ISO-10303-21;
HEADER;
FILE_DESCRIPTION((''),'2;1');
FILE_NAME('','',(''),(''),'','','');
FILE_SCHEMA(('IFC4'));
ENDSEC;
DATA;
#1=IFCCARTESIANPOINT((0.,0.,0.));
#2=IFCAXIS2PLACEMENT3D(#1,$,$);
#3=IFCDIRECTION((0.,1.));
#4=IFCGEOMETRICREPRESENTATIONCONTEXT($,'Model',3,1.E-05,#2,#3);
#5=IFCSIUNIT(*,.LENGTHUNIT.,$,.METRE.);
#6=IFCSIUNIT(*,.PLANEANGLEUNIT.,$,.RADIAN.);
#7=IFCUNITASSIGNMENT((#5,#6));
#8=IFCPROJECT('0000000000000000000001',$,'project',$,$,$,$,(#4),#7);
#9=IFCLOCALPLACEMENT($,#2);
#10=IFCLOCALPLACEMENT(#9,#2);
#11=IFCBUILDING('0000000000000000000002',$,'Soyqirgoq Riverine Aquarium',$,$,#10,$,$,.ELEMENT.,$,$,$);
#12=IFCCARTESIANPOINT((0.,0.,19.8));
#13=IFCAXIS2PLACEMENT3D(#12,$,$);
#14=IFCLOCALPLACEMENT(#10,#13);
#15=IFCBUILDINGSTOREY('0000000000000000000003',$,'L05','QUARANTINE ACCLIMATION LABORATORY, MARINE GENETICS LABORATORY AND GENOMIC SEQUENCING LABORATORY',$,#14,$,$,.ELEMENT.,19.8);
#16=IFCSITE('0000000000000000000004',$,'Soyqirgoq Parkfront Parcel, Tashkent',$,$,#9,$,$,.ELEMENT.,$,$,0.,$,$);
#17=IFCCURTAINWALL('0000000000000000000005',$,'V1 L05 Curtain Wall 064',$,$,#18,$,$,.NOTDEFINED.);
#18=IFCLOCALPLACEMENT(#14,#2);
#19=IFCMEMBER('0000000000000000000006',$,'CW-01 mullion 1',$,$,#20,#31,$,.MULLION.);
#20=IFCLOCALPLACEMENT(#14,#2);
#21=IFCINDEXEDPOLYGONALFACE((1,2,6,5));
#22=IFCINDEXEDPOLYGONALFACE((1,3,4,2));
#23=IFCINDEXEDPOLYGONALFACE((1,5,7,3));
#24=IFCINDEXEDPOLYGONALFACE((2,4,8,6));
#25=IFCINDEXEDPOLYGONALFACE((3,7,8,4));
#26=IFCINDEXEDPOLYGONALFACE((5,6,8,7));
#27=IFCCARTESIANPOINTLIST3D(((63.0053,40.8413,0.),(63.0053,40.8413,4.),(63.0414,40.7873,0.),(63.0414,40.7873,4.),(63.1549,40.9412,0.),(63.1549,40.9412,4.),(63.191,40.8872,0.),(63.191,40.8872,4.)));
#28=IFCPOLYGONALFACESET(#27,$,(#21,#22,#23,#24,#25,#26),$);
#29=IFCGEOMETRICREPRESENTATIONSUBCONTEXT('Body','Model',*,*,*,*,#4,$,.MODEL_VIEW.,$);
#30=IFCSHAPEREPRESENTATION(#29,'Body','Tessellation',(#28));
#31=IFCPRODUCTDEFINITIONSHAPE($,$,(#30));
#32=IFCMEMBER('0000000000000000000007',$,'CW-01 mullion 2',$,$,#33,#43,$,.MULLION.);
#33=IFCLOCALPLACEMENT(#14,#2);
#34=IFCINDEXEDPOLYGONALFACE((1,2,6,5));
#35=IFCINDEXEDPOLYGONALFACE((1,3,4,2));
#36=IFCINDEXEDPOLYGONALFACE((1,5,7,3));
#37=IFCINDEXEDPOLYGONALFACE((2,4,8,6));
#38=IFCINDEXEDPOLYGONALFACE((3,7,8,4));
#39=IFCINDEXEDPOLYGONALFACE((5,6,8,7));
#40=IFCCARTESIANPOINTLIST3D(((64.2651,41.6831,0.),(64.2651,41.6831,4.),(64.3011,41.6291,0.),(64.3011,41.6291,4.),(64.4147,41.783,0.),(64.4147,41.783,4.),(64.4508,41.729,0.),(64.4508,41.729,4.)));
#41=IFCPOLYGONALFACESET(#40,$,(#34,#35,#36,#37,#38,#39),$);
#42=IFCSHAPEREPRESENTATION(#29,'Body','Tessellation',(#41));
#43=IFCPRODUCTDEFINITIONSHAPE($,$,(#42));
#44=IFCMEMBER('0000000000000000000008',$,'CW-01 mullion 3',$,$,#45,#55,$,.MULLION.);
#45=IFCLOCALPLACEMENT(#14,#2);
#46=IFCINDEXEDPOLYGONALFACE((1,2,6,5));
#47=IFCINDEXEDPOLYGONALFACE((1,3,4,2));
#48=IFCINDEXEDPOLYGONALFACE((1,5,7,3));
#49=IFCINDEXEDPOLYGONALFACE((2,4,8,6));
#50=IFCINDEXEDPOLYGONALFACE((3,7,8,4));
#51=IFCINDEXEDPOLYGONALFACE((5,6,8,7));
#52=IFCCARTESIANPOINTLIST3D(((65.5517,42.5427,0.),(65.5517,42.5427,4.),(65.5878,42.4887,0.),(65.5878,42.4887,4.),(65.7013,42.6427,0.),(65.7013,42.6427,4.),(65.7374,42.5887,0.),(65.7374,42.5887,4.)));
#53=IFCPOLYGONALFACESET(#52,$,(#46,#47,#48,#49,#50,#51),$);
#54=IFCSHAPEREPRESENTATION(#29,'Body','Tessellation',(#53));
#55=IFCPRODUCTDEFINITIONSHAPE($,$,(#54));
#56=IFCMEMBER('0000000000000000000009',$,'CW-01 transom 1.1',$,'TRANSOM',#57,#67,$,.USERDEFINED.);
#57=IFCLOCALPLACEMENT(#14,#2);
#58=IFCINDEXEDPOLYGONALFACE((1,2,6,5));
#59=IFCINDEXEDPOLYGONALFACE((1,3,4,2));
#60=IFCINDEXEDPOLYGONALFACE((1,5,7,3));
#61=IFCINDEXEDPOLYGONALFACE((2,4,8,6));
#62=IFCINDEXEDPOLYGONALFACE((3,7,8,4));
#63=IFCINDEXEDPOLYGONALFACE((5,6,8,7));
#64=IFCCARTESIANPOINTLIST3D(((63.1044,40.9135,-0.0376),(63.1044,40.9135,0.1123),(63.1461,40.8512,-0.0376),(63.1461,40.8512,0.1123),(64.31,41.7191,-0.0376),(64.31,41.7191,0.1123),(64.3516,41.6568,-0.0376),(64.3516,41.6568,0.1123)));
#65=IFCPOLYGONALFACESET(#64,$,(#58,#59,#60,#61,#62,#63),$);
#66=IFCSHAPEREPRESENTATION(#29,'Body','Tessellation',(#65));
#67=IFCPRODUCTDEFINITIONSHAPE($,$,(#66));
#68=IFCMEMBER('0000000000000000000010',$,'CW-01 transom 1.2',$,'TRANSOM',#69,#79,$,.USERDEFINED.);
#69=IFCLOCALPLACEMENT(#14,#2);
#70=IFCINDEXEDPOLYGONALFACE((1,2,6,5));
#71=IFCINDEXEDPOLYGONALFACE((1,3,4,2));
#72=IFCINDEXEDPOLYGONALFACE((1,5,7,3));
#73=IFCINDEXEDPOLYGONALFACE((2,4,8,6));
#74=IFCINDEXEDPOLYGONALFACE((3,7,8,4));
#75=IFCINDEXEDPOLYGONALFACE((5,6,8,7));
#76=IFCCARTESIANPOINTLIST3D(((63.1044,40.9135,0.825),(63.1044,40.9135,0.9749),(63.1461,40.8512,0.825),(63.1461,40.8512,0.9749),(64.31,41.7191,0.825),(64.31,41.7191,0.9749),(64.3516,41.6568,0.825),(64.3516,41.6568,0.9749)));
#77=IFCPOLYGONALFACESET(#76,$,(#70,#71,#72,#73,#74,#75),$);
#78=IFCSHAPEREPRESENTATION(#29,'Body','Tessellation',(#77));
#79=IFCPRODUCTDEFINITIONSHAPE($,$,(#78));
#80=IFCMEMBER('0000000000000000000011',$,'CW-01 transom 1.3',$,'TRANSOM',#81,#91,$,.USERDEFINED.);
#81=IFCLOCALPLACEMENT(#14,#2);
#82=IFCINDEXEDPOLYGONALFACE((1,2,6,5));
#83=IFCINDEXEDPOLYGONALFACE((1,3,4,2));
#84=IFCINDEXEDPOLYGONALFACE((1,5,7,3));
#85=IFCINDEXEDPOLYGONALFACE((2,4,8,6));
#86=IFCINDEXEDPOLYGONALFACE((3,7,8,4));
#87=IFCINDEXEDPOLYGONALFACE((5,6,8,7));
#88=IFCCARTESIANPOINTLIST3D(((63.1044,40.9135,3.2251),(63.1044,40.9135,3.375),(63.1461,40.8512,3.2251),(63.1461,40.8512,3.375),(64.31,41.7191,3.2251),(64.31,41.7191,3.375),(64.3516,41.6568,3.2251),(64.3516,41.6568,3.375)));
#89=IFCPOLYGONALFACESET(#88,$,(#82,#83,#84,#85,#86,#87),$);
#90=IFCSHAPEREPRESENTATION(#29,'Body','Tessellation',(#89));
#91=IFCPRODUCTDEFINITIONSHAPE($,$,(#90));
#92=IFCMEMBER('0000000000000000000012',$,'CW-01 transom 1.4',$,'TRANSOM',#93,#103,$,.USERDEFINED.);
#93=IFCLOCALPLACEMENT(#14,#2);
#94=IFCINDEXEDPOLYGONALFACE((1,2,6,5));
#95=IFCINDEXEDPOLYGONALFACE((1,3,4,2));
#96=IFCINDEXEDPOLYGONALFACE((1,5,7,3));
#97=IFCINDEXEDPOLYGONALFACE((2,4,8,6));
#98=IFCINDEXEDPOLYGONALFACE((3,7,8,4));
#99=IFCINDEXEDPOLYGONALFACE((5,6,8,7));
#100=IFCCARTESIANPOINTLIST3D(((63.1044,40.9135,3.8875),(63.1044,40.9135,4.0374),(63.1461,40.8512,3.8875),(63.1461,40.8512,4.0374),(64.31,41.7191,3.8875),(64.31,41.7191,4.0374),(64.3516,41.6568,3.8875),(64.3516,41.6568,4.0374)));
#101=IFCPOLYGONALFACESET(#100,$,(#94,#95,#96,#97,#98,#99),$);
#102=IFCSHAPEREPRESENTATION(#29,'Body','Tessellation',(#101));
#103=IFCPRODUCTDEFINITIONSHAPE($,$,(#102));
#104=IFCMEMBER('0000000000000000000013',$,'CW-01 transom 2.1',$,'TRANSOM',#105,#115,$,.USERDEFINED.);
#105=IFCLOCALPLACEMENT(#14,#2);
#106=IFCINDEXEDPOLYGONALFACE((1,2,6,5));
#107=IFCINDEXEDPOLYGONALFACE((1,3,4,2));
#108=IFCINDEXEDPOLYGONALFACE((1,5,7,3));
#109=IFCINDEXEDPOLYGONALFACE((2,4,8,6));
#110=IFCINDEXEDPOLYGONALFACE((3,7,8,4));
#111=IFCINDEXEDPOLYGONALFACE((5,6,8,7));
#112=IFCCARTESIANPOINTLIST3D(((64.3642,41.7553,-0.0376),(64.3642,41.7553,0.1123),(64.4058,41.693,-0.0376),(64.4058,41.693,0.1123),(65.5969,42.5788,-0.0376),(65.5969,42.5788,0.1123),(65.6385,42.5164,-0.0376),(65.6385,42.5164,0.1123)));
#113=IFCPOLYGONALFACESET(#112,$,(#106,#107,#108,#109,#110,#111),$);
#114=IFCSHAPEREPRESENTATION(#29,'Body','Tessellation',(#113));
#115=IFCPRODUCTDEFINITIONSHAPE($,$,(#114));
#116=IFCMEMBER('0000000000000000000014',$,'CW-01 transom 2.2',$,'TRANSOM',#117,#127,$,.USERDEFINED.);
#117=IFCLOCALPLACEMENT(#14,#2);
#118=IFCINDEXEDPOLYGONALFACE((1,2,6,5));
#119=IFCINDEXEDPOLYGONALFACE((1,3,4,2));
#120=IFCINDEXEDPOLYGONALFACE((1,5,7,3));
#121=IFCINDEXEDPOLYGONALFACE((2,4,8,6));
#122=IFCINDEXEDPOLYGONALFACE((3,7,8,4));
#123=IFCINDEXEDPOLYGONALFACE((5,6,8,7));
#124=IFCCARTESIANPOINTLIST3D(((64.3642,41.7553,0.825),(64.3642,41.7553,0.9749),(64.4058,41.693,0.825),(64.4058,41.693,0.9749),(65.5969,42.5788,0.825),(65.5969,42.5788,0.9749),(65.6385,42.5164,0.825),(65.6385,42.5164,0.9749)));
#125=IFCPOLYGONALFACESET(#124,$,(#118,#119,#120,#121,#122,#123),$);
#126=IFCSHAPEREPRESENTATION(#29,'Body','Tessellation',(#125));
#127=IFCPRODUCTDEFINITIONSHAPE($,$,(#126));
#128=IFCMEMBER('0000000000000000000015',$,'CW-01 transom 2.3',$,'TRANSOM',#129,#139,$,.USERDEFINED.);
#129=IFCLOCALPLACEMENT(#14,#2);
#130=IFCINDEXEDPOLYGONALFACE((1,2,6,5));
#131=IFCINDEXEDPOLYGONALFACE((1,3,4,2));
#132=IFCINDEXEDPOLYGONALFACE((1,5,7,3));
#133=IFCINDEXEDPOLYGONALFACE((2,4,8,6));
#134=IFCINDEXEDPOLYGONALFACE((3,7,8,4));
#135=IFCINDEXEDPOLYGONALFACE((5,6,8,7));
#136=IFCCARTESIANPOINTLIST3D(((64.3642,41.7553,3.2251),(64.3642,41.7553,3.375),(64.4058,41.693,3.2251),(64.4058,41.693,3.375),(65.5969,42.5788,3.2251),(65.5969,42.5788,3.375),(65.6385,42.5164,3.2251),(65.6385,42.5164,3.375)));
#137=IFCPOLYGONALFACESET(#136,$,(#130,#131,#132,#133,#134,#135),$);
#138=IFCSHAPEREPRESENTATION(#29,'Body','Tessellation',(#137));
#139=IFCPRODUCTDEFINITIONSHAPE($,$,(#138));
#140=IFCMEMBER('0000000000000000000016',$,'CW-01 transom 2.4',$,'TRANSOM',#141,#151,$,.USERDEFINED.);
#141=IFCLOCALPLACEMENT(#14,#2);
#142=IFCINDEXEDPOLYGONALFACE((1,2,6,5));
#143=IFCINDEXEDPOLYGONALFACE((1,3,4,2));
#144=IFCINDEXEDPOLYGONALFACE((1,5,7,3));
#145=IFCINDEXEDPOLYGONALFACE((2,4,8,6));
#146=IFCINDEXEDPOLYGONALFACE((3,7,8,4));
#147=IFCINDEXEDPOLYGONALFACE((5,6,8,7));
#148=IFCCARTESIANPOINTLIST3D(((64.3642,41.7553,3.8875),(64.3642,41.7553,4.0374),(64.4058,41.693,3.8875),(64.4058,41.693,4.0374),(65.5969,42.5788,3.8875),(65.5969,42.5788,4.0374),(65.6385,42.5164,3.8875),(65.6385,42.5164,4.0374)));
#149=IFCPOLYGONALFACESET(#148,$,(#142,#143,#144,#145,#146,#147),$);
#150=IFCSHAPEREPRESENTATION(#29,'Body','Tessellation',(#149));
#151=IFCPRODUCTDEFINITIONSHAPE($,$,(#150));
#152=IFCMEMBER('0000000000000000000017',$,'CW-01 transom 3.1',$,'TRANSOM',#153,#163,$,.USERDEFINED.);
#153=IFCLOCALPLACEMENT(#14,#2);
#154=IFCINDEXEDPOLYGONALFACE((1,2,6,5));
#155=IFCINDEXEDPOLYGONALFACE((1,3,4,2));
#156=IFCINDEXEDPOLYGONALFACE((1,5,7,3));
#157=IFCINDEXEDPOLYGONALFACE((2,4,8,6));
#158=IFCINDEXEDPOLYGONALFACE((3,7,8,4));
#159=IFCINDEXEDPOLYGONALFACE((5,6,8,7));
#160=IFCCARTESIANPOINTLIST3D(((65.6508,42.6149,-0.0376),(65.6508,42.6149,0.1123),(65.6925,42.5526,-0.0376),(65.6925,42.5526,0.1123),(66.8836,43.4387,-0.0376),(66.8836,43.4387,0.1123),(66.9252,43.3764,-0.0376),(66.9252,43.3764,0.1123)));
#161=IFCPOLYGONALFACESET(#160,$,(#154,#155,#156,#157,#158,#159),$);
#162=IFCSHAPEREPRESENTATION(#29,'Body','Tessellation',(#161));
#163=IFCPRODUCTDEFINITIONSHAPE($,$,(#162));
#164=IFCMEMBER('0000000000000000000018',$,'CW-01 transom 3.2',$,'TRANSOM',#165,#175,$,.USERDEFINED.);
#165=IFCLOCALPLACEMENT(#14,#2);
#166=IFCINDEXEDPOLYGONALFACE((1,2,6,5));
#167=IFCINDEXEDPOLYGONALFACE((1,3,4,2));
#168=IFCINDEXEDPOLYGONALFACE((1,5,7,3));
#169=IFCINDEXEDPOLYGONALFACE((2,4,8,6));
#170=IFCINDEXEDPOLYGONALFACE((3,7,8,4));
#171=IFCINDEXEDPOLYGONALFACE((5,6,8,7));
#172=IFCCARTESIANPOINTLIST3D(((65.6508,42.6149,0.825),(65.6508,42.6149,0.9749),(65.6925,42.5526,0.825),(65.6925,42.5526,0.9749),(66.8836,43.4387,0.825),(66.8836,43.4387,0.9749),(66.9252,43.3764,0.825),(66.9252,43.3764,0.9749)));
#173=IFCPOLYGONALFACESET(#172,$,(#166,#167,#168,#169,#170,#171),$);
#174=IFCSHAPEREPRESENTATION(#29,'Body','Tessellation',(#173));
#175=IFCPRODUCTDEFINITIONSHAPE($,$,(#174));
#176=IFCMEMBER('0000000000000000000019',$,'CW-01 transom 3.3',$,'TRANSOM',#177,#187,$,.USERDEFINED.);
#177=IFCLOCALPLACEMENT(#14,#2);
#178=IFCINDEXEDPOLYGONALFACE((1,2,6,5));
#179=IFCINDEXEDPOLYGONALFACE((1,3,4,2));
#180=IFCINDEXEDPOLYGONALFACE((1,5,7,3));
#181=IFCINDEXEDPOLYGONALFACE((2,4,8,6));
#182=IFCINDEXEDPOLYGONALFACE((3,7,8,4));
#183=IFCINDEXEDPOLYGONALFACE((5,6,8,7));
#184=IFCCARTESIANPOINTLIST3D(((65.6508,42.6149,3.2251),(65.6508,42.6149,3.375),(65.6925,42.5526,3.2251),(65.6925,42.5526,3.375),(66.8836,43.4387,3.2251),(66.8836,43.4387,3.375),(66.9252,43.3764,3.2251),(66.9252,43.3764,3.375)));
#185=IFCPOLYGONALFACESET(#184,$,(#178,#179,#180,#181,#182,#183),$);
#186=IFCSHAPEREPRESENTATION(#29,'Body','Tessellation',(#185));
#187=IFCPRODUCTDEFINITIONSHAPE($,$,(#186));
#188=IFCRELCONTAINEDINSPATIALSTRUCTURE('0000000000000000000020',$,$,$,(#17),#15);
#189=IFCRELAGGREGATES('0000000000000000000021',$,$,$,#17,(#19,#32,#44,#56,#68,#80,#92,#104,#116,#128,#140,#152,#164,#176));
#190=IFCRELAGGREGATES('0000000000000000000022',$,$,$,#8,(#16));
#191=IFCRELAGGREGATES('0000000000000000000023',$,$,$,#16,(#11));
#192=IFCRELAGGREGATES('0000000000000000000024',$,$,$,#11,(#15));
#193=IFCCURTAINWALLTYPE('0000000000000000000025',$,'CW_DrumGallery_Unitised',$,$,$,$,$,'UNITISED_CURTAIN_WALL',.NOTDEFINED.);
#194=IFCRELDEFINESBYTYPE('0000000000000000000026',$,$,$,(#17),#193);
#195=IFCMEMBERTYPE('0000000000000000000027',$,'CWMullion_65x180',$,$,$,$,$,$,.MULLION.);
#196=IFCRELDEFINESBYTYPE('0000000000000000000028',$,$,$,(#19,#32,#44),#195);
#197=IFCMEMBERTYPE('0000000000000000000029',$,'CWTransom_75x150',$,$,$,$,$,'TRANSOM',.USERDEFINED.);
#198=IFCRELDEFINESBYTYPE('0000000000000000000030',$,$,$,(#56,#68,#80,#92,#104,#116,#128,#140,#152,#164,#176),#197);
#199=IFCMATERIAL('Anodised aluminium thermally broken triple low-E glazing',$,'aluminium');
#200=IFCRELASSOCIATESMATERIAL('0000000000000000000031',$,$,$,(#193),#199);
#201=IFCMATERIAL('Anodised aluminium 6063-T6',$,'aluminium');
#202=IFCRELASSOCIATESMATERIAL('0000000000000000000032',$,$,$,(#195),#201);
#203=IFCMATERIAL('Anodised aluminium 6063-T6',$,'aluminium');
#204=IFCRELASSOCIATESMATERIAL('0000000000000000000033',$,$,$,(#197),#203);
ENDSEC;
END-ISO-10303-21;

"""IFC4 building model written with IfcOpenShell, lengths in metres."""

from ifc_helpers import new_model, si_unit, direction, frame, origin, origin_2d, place, context, subcontext, project, spatial, rectangle, extrude, material, material_profile, profile_set, type_object, element, aggregate, save


model = new_model("IFC4")

# Units and contexts
model_context = context("Model", 3, precision=1e-05, world=origin(), true_north=direction((0.0, 1.0)))
body_context = subcontext(model_context, "Body", "Model", "MODEL_VIEW")
ifc_project = project(units=[si_unit("LENGTHUNIT", "METRE"), si_unit("PLANEANGLEUNIT", "RADIAN")], contexts=[model_context])

# Site, building, storey
site_placement = place(None, origin())
site = spatial("IfcSite", under=ifc_project, at=site_placement, Name="Soyqirgoq Parkfront Parcel, Tashkent", CompositionType="ELEMENT", RefElevation=0.0)
building_placement = place(site_placement, origin())
building = spatial("IfcBuilding", under=site, at=building_placement, Name="Soyqirgoq Riverine Aquarium", CompositionType="ELEMENT")
storey_placement = place(building_placement, frame((0.0, 0.0, 19.8)))
storey = spatial("IfcBuildingStorey", under=building, at=storey_placement, Name="L05", Description="QUARANTINE ACCLIMATION LABORATORY, MARINE GENETICS LABORATORY AND GENOMIC SEQUENCING LABORATORY", CompositionType="ELEMENT", Elevation=19.8)

# Curtain wall, members
ifc_material_1 = material(Name="Anodised aluminium thermally broken triple low-E glazing", Category="aluminium")
curtain_wall_type = type_object("IfcCurtainWallType", Name="CW_DrumGallery_Unitised", ElementType="UNITISED_CURTAIN_WALL", PredefinedType="NOTDEFINED", material=ifc_material_1)
curtain_wall_placement = place(storey_placement, origin())
curtain_wall = element("IfcCurtainWall", 1, at=curtain_wall_placement, inside=storey, type_object=curtain_wall_type, Name="V1 L05 Curtain Wall 064", PredefinedType="NOTDEFINED")
ifc_material_2 = material(Name="Anodised aluminium 6063-T6", Category="aluminium")
ifc_material_profile_1 = material_profile(ifc_material_2, rectangle(XDim=0.0649, YDim=0.1799, at=origin_2d()), Name="ALU-M 65x180")
ifc_profile_set_1 = profile_set([ifc_material_profile_1], Name="Anodised aluminium 6063-T6")
member_type_1 = type_object("IfcMemberType", Name="CWMullion_65x180", PredefinedType="MULLION", material=ifc_profile_set_1)
member_1_placement = place(storey_placement, frame((63.0981, 40.8643, 0.0), z_axis=(0.0, 0.0, 1.0), x_axis=(-0.555561, 0.831476, 0.0)))
member_1 = element("IfcMember", 2, at=member_1_placement, type_object=member_type_1, Name="CW-01 mullion 1", PredefinedType="MULLION", context=body_context, shape_type="SweptSolid", body=[
    extrude(rectangle(XDim=0.0649, YDim=0.1799, at=origin_2d()), origin(), (0.0, 0.0, 1.0), 4.0),
])
member_2_placement = place(storey_placement, frame((64.3579, 41.7061, 0.0), z_axis=(0.0, 0.0, 1.0), x_axis=(-0.555561, 0.831476, 0.0)))
member_2 = element("IfcMember", 3, at=member_2_placement, type_object=member_type_1, Name="CW-01 mullion 2", PredefinedType="MULLION", context=body_context, shape_type="SweptSolid", body=[
    extrude(rectangle(XDim=0.0649, YDim=0.1799, at=origin_2d()), origin(), (0.0, 0.0, 1.0), 4.0),
])
member_3_placement = place(storey_placement, frame((65.6445, 42.5657, 0.0), z_axis=(0.0, 0.0, 1.0), x_axis=(-0.555561, 0.831476, 0.0)))
member_3 = element("IfcMember", 4, at=member_3_placement, type_object=member_type_1, Name="CW-01 mullion 3", PredefinedType="MULLION", context=body_context, shape_type="SweptSolid", body=[
    extrude(rectangle(XDim=0.0649, YDim=0.1799, at=origin_2d()), origin(), (0.0, 0.0, 1.0), 4.0),
])
ifc_material_3 = material(Name="Anodised aluminium 6063-T6", Category="aluminium")
ifc_material_profile_2 = material_profile(ifc_material_3, rectangle(XDim=0.075, YDim=0.1499, at=origin_2d()), Name="ALU-T 75x150")
ifc_profile_set_2 = profile_set([ifc_material_profile_2], Name="Anodised aluminium 6063-T6")
member_type_2 = type_object("IfcMemberType", Name="CWTransom_75x150", ElementType="TRANSOM", PredefinedType="USERDEFINED", material=ifc_profile_set_2)
member_4_placement = place(storey_placement, frame((63.1252, 40.8823, 0.0374), z_axis=(0.831428, 0.555632, 0.0), x_axis=(-0.555632, 0.831428, 0.0)))
member_4 = element("IfcMember", 5, at=member_4_placement, type_object=member_type_2, Name="CW-01 transom 1.1", ObjectType="TRANSOM", PredefinedType="USERDEFINED", context=body_context, shape_type="SweptSolid", body=[
    extrude(rectangle(XDim=0.075, YDim=0.1499, at=origin_2d()), origin(), (0.0, 0.0, 1.0), 1.45),
])
member_5_placement = place(storey_placement, frame((63.1252, 40.8823, 0.8999), z_axis=(0.831428, 0.555632, 0.0), x_axis=(-0.555632, 0.831428, 0.0)))
member_5 = element("IfcMember", 6, at=member_5_placement, type_object=member_type_2, Name="CW-01 transom 1.2", ObjectType="TRANSOM", PredefinedType="USERDEFINED", context=body_context, shape_type="SweptSolid", body=[
    extrude(rectangle(XDim=0.075, YDim=0.1499, at=origin_2d()), origin(), (0.0, 0.0, 1.0), 1.45),
])
member_6_placement = place(storey_placement, frame((63.1252, 40.8823, 3.3), z_axis=(0.831428, 0.555632, 0.0), x_axis=(-0.555632, 0.831428, 0.0)))
member_6 = element("IfcMember", 7, at=member_6_placement, type_object=member_type_2, Name="CW-01 transom 1.3", ObjectType="TRANSOM", PredefinedType="USERDEFINED", context=body_context, shape_type="SweptSolid", body=[
    extrude(rectangle(XDim=0.075, YDim=0.1499, at=origin_2d()), origin(), (0.0, 0.0, 1.0), 1.45),
])
member_7_placement = place(storey_placement, frame((63.1252, 40.8823, 3.9624), z_axis=(0.831428, 0.555632, 0.0), x_axis=(-0.555632, 0.831428, 0.0)))
member_7 = element("IfcMember", 8, at=member_7_placement, type_object=member_type_2, Name="CW-01 transom 1.4", ObjectType="TRANSOM", PredefinedType="USERDEFINED", context=body_context, shape_type="SweptSolid", body=[
    extrude(rectangle(XDim=0.075, YDim=0.1499, at=origin_2d()), origin(), (0.0, 0.0, 1.0), 1.45),
])
member_8_placement = place(storey_placement, frame((64.385, 41.7241, 0.0374), z_axis=(0.831518, 0.555498, 0.0), x_axis=(-0.555498, 0.831518, 0.0)))
member_8 = element("IfcMember", 9, at=member_8_placement, type_object=member_type_2, Name="CW-01 transom 2.1", ObjectType="TRANSOM", PredefinedType="USERDEFINED", context=body_context, shape_type="SweptSolid", body=[
    extrude(rectangle(XDim=0.075, YDim=0.1499, at=origin_2d()), origin(), (0.0, 0.0, 1.0), 1.4824),
])
member_9_placement = place(storey_placement, frame((64.385, 41.7241, 0.8999), z_axis=(0.831518, 0.555498, 0.0), x_axis=(-0.555498, 0.831518, 0.0)))
member_9 = element("IfcMember", 10, at=member_9_placement, type_object=member_type_2, Name="CW-01 transom 2.2", ObjectType="TRANSOM", PredefinedType="USERDEFINED", context=body_context, shape_type="SweptSolid", body=[
    extrude(rectangle(XDim=0.075, YDim=0.1499, at=origin_2d()), origin(), (0.0, 0.0, 1.0), 1.4824),
])
member_10_placement = place(storey_placement, frame((64.385, 41.7241, 3.3), z_axis=(0.831518, 0.555498, 0.0), x_axis=(-0.555498, 0.831518, 0.0)))
member_10 = element("IfcMember", 11, at=member_10_placement, type_object=member_type_2, Name="CW-01 transom 2.3", ObjectType="TRANSOM", PredefinedType="USERDEFINED", context=body_context, shape_type="SweptSolid", body=[
    extrude(rectangle(XDim=0.075, YDim=0.1499, at=origin_2d()), origin(), (0.0, 0.0, 1.0), 1.4824),
])
member_11_placement = place(storey_placement, frame((64.385, 41.7241, 3.9624), z_axis=(0.831518, 0.555498, 0.0), x_axis=(-0.555498, 0.831518, 0.0)))
member_11 = element("IfcMember", 12, at=member_11_placement, type_object=member_type_2, Name="CW-01 transom 2.4", ObjectType="TRANSOM", PredefinedType="USERDEFINED", context=body_context, shape_type="SweptSolid", body=[
    extrude(rectangle(XDim=0.075, YDim=0.1499, at=origin_2d()), origin(), (0.0, 0.0, 1.0), 1.4824),
])
member_12_placement = place(storey_placement, frame((65.6716, 42.5837, 0.0374), z_axis=(0.831442, 0.555612, 0.0), x_axis=(-0.555612, 0.831442, 0.0)))
member_12 = element("IfcMember", 13, at=member_12_placement, type_object=member_type_2, Name="CW-01 transom 3.1", ObjectType="TRANSOM", PredefinedType="USERDEFINED", context=body_context, shape_type="SweptSolid", body=[
    extrude(rectangle(XDim=0.075, YDim=0.1499, at=origin_2d()), origin(), (0.0, 0.0, 1.0), 1.4827),
])
member_13_placement = place(storey_placement, frame((65.6716, 42.5837, 0.8999), z_axis=(0.831442, 0.555612, 0.0), x_axis=(-0.555612, 0.831442, 0.0)))
member_13 = element("IfcMember", 14, at=member_13_placement, type_object=member_type_2, Name="CW-01 transom 3.2", ObjectType="TRANSOM", PredefinedType="USERDEFINED", context=body_context, shape_type="SweptSolid", body=[
    extrude(rectangle(XDim=0.075, YDim=0.1499, at=origin_2d()), origin(), (0.0, 0.0, 1.0), 1.4827),
])
member_14_placement = place(storey_placement, frame((65.6716, 42.5837, 3.3), z_axis=(0.831442, 0.555612, 0.0), x_axis=(-0.555612, 0.831442, 0.0)))
member_14 = element("IfcMember", 15, at=member_14_placement, type_object=member_type_2, Name="CW-01 transom 3.3", ObjectType="TRANSOM", PredefinedType="USERDEFINED", context=body_context, shape_type="SweptSolid", body=[
    extrude(rectangle(XDim=0.075, YDim=0.1499, at=origin_2d()), origin(), (0.0, 0.0, 1.0), 1.4827),
])

aggregate(curtain_wall, [member_1, member_2, member_3, member_4, member_5, member_6, member_7, member_8, member_9, member_10, member_11, member_12, member_13, member_14])

save(model, "model.ifc")
